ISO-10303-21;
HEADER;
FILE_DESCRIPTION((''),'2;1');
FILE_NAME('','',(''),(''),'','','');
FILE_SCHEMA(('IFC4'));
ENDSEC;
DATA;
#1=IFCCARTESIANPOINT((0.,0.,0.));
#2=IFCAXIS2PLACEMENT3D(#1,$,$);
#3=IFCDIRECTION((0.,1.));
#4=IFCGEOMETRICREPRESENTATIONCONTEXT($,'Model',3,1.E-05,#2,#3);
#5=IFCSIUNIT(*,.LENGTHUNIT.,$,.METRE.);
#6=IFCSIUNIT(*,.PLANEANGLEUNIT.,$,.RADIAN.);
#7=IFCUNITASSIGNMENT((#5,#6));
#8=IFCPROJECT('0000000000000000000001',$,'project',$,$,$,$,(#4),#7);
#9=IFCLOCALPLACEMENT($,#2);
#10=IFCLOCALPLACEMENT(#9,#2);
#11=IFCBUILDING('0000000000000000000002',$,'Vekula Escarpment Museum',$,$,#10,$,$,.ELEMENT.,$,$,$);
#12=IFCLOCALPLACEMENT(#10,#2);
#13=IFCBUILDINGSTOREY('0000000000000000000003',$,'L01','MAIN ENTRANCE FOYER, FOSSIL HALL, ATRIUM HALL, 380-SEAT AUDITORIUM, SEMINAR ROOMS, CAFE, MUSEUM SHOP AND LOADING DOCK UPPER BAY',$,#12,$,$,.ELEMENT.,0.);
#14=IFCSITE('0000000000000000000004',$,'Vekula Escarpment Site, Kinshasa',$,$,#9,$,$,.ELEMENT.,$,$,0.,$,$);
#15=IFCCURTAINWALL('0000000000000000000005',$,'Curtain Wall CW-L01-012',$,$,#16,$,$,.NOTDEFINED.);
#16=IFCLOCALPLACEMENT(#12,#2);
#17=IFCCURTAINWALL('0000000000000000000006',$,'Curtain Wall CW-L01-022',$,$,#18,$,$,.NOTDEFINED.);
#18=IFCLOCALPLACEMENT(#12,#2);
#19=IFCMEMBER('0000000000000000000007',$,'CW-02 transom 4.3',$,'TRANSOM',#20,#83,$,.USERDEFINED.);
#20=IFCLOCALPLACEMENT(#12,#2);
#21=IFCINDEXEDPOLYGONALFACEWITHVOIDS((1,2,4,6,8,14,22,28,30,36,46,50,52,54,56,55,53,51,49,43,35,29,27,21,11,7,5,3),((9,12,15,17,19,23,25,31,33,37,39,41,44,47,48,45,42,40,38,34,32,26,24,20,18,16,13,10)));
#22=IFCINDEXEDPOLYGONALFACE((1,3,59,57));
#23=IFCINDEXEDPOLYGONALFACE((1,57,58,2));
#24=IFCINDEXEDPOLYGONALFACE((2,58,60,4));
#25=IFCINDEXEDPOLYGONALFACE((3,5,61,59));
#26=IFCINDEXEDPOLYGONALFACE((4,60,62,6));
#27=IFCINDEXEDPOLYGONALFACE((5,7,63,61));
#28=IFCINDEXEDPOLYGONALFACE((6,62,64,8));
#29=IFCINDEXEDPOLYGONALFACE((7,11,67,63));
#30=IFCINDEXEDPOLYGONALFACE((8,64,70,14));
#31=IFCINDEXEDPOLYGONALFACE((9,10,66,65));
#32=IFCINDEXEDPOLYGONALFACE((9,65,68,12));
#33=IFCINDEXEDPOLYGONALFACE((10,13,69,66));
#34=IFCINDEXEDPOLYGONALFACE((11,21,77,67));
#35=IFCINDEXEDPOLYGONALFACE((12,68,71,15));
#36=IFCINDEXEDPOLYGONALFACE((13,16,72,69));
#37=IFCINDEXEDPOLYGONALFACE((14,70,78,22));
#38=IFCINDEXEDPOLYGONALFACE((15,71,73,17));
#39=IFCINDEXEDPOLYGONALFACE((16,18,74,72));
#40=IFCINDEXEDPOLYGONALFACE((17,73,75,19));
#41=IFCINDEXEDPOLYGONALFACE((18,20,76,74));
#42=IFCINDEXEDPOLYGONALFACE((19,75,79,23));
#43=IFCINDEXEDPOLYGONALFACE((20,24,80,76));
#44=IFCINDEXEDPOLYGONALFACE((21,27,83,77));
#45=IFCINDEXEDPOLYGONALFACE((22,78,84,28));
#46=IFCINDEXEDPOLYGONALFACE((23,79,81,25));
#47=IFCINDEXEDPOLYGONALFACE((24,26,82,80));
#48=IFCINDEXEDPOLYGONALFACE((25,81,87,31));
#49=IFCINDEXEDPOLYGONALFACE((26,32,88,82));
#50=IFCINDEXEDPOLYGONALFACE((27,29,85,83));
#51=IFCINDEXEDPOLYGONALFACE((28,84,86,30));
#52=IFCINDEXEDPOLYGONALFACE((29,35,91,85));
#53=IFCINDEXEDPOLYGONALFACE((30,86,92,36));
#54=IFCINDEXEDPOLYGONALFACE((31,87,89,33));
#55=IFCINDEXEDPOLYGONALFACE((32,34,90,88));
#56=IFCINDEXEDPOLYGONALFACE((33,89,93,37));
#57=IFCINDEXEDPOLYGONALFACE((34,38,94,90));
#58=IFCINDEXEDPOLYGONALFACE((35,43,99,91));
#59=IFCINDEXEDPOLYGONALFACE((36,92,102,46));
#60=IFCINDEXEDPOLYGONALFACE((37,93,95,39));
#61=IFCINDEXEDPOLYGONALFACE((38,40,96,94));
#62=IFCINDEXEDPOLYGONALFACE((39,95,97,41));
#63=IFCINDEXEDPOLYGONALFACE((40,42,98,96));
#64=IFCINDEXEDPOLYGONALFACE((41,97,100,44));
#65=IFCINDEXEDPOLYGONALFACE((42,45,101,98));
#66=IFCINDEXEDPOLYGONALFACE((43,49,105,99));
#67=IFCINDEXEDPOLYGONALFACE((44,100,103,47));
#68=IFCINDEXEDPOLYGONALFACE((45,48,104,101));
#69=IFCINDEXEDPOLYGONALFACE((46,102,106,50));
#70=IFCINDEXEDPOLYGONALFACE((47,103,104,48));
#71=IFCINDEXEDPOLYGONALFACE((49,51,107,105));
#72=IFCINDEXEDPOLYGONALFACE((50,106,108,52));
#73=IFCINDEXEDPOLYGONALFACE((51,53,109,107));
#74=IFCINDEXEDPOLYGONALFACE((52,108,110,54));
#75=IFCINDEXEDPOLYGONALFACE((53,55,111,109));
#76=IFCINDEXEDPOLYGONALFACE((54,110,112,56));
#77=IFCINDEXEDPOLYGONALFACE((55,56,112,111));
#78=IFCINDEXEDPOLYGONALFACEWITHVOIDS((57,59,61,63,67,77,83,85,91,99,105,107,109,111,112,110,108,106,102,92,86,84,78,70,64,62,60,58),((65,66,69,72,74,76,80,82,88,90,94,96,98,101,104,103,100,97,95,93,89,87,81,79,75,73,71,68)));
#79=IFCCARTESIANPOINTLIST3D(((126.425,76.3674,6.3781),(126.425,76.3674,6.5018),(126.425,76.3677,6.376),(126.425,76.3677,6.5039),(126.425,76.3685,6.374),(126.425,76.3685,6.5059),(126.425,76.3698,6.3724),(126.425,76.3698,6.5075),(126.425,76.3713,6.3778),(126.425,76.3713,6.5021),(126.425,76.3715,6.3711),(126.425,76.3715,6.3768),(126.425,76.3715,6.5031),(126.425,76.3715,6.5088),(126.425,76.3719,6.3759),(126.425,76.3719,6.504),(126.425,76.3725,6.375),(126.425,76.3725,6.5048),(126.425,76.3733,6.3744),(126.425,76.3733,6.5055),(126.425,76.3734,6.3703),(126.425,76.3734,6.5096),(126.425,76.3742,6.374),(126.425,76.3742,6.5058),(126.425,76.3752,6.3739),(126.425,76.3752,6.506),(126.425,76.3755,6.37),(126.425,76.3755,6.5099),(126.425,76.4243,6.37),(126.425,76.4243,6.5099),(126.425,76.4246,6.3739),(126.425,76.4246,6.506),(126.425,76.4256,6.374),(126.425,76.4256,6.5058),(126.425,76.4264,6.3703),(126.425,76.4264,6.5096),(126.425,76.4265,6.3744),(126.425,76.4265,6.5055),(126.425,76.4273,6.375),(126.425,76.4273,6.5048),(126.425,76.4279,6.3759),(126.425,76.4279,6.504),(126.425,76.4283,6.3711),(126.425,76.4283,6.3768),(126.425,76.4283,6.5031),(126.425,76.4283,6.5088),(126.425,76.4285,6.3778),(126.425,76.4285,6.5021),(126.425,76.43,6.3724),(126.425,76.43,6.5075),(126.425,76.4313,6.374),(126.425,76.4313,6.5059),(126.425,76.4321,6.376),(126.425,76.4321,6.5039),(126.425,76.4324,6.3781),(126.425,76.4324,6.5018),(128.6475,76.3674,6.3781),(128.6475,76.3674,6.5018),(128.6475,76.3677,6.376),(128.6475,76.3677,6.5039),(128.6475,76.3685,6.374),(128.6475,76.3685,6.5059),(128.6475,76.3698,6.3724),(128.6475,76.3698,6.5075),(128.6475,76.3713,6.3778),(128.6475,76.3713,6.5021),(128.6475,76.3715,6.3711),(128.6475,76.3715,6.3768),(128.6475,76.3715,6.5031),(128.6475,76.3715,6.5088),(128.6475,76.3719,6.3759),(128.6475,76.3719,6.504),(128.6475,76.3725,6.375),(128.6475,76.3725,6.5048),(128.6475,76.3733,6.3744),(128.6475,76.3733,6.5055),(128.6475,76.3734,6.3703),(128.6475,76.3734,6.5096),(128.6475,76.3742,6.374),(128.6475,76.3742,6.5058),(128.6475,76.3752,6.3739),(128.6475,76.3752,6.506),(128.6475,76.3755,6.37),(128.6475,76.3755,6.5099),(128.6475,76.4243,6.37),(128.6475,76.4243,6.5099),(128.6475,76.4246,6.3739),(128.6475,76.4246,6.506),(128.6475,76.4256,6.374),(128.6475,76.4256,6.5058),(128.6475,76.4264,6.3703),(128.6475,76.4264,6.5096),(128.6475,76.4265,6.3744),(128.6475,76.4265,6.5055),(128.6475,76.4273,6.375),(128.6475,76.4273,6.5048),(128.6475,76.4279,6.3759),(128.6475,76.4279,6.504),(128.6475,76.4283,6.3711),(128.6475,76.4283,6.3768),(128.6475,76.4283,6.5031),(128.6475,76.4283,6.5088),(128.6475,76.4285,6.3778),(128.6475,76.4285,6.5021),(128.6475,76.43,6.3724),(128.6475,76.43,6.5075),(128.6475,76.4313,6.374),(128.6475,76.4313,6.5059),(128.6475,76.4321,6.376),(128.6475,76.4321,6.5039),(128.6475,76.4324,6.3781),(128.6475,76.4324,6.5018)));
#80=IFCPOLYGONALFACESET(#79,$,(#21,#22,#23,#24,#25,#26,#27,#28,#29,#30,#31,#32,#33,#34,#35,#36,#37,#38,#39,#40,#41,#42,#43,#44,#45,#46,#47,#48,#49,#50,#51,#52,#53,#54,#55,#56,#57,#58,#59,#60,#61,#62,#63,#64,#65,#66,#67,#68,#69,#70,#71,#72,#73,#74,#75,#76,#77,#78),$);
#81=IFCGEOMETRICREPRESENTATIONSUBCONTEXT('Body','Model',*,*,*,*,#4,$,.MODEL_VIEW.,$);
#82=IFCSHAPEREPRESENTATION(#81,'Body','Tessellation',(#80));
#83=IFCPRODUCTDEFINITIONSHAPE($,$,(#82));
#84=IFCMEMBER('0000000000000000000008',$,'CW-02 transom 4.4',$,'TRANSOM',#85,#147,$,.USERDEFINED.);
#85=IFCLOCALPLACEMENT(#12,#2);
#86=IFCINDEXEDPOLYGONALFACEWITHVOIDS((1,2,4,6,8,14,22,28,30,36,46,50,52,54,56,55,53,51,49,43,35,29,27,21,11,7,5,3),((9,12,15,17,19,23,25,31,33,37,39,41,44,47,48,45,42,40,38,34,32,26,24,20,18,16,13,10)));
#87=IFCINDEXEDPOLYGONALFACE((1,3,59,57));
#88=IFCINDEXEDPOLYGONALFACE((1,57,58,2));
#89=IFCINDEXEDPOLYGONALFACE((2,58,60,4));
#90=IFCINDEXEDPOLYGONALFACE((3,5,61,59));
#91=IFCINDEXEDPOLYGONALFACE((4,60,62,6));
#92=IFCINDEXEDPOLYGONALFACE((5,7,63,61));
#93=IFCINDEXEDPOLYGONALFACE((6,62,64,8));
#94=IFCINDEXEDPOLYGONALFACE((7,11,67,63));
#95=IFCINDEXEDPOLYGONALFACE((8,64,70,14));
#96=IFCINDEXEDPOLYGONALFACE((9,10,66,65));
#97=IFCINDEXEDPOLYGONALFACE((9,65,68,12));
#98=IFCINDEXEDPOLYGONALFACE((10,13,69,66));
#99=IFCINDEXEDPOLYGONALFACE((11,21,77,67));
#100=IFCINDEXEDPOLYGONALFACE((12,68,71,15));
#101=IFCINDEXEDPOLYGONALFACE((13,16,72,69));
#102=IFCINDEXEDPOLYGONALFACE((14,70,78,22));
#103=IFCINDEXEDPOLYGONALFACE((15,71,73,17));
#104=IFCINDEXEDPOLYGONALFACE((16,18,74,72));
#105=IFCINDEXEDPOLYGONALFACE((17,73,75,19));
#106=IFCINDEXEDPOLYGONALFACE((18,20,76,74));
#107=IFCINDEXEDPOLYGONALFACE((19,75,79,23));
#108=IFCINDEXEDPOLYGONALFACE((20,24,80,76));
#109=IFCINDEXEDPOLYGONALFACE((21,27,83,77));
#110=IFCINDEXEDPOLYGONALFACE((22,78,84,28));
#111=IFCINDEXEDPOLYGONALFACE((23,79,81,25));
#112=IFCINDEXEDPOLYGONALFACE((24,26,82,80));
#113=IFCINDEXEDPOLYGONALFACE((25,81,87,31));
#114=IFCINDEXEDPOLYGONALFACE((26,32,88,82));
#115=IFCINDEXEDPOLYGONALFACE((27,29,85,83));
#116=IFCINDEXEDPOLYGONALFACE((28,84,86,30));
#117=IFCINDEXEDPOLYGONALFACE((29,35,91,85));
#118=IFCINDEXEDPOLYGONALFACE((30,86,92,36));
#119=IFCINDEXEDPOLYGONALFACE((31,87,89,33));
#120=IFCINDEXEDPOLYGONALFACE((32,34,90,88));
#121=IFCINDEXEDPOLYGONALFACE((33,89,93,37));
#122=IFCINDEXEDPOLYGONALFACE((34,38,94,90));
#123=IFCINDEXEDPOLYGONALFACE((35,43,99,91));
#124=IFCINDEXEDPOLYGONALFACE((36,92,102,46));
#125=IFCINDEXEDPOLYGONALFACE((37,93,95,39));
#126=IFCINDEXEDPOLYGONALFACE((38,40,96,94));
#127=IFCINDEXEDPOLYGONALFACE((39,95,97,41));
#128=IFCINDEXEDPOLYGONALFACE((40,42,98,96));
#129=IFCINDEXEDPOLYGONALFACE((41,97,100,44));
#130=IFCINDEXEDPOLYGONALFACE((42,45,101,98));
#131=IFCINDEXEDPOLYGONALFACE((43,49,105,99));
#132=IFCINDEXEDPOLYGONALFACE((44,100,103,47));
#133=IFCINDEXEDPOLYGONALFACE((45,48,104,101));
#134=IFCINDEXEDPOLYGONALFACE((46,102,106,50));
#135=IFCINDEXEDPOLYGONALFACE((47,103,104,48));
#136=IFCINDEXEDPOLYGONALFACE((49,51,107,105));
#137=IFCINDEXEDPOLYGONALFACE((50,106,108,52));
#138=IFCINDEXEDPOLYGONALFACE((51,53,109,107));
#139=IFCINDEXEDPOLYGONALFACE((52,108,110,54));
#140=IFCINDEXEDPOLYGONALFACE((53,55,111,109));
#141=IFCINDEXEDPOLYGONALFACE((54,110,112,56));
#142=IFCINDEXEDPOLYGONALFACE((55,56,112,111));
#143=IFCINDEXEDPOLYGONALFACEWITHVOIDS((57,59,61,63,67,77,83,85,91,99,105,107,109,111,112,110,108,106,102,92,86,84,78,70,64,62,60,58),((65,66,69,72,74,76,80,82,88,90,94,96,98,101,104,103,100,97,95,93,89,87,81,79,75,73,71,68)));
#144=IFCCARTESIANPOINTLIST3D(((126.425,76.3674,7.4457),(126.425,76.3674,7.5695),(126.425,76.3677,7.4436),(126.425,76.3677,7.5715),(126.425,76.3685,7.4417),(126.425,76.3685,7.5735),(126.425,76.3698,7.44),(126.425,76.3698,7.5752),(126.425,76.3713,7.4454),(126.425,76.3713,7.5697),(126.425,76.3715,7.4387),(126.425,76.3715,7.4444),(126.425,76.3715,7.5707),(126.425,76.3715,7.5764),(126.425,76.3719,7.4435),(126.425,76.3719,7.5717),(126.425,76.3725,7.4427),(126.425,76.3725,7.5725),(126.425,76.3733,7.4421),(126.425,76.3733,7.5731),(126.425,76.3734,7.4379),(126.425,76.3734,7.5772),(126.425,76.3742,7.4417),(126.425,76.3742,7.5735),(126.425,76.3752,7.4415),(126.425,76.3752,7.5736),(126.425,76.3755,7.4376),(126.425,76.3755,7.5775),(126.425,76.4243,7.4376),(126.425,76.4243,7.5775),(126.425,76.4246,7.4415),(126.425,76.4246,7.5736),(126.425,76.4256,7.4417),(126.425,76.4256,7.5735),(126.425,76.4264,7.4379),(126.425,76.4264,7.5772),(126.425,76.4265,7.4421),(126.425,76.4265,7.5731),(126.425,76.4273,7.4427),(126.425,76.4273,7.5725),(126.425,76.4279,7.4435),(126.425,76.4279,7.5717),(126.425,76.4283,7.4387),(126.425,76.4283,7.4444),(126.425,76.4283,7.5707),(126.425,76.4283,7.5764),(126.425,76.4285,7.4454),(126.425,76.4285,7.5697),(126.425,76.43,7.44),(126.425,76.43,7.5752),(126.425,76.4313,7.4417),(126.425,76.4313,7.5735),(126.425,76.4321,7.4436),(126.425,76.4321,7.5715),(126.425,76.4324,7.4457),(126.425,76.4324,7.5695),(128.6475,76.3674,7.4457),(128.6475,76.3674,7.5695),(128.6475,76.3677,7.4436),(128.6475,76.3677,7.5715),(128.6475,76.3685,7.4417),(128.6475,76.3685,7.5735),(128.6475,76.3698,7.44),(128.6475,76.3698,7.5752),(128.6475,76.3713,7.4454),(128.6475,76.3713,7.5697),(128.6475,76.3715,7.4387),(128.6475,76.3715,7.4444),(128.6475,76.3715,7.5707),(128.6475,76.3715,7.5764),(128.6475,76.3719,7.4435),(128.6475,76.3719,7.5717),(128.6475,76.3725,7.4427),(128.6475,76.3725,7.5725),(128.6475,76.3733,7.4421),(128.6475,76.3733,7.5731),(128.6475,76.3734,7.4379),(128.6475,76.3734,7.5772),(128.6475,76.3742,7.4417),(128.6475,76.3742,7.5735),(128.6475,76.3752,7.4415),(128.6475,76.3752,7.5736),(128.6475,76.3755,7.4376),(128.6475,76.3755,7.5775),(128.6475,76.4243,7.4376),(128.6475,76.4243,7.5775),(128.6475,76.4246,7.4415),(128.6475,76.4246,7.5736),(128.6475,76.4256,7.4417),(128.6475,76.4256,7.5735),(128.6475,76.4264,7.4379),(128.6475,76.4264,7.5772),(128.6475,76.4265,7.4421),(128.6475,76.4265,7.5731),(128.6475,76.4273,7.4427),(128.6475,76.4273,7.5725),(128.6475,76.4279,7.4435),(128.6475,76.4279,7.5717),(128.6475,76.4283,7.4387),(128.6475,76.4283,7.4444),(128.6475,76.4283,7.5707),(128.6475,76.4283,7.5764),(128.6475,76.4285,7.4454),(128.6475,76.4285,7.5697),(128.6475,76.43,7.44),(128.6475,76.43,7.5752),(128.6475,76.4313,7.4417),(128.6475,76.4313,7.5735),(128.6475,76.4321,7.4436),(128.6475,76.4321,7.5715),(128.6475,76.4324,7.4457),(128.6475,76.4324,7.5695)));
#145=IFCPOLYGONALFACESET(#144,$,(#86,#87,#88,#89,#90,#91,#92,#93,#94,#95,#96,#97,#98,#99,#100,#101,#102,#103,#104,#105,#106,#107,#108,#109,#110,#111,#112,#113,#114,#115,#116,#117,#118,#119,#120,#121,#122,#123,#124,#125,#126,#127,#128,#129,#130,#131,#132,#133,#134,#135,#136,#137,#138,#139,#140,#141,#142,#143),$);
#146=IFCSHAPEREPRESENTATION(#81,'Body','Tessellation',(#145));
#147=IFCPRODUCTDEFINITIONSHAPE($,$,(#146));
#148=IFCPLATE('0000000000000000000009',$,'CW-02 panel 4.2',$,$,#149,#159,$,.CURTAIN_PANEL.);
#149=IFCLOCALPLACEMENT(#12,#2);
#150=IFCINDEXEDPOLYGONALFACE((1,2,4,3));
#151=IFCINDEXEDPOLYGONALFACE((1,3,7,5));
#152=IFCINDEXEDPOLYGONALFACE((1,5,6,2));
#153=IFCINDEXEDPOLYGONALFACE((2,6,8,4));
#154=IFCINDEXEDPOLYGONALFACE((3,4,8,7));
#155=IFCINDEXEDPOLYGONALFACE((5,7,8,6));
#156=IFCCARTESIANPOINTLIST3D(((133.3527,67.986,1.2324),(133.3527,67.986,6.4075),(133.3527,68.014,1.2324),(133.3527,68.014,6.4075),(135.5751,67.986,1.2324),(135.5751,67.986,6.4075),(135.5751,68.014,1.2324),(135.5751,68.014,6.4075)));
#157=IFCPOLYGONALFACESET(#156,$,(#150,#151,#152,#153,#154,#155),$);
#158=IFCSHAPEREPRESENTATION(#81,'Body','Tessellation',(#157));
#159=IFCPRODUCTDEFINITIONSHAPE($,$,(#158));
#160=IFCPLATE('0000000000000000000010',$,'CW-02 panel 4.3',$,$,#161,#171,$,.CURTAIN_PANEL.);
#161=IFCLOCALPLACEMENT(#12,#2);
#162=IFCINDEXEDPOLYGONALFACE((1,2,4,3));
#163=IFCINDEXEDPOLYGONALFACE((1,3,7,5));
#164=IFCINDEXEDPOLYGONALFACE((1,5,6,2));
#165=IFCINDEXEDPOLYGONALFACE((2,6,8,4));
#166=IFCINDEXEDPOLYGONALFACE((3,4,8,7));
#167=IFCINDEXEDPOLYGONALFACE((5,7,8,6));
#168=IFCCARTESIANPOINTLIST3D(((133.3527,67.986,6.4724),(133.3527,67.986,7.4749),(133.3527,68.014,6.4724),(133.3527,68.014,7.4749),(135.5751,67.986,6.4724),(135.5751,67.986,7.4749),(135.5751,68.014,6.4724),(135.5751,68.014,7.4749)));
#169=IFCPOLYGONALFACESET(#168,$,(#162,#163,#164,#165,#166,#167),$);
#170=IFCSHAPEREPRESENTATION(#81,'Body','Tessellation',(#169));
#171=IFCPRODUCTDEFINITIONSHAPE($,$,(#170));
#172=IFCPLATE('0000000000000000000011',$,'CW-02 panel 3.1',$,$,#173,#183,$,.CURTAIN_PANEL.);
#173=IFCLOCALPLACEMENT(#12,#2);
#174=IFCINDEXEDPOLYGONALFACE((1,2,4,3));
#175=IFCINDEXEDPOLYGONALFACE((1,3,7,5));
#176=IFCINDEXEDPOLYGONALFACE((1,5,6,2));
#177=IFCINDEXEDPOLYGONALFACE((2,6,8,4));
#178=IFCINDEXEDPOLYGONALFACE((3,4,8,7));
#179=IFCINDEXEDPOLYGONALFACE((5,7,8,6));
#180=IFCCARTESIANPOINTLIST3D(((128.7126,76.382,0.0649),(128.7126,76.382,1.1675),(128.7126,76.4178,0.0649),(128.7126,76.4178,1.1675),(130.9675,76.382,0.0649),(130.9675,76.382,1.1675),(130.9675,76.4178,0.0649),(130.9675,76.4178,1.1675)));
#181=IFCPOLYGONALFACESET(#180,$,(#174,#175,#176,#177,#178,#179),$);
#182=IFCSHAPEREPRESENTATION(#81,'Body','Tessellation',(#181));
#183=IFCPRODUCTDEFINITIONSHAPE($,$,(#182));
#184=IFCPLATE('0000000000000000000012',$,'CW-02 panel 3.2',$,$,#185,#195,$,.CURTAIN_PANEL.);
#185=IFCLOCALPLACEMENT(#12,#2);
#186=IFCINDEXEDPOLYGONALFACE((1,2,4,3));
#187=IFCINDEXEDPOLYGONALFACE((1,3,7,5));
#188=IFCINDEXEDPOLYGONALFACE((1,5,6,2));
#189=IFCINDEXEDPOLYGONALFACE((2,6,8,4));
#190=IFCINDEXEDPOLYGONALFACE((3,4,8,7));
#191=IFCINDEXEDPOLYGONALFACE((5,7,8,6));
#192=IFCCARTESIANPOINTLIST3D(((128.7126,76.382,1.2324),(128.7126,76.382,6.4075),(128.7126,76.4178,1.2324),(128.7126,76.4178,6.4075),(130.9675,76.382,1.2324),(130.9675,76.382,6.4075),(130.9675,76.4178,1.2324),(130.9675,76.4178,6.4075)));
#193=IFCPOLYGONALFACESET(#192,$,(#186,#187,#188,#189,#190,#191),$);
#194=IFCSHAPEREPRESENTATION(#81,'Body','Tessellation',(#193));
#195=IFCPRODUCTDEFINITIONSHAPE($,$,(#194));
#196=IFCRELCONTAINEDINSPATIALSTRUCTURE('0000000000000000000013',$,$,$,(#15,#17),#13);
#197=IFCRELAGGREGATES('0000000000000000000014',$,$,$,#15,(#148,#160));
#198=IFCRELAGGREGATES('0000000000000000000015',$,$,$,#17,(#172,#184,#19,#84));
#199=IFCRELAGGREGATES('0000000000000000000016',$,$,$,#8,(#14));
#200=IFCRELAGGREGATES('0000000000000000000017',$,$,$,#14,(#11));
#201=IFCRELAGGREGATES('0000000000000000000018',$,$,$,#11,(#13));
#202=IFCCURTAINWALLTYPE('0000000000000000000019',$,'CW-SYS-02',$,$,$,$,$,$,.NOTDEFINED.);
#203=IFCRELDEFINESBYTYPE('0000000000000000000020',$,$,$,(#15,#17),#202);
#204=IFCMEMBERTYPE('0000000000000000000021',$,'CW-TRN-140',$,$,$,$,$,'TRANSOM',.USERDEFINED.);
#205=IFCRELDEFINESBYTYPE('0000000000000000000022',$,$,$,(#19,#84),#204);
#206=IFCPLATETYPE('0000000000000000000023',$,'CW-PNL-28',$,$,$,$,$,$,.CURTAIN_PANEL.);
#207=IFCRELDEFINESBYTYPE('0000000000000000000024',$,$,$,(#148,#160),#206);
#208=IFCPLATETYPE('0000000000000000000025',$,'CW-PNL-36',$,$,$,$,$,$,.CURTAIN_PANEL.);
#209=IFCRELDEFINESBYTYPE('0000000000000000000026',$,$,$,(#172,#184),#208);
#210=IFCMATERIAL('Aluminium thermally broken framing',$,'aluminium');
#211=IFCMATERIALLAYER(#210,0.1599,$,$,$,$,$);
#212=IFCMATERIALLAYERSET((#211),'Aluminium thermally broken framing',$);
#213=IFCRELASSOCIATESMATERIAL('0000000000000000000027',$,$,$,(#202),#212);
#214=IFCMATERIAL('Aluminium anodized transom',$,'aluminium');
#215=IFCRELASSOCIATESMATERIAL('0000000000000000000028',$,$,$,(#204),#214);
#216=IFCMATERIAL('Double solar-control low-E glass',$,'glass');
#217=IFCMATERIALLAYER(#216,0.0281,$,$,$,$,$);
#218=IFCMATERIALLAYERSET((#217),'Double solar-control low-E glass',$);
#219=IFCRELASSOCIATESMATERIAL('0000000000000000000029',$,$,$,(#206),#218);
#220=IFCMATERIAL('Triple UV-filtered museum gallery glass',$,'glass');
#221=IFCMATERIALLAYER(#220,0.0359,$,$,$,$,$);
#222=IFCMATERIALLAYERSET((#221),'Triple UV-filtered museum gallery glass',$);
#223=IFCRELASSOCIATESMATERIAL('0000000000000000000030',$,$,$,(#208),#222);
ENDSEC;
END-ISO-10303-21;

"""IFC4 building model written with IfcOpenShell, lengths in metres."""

from ifc_helpers import new_model, si_unit, direction, frame, origin, origin_2d, place, context, subcontext, project, spatial, rectangle, hollow_rectangle, extrude, material, layer, layer_set, material_profile, profile_set, type_object, element, aggregate, save


model = new_model("IFC4")

# Units and contexts
model_context = context("Model", 3, precision=1e-05, world=origin(), true_north=direction((0.0, 1.0)))
body_context = subcontext(model_context, "Body", "Model", "MODEL_VIEW")
ifc_project = project(units=[si_unit("LENGTHUNIT", "METRE"), si_unit("PLANEANGLEUNIT", "RADIAN")], contexts=[model_context])

# Site, building, storey
site_placement = place(None, origin())
site = spatial("IfcSite", under=ifc_project, at=site_placement, Name="Vekula Escarpment Site, Kinshasa", CompositionType="ELEMENT", RefElevation=0.0)
building_placement = place(site_placement, origin())
building = spatial("IfcBuilding", under=site, at=building_placement, Name="Vekula Escarpment Museum", CompositionType="ELEMENT")
storey_placement = place(building_placement, origin())
storey = spatial("IfcBuildingStorey", under=building, at=storey_placement, Name="L01", Description="MAIN ENTRANCE FOYER, FOSSIL HALL, ATRIUM HALL, 380-SEAT AUDITORIUM, SEMINAR ROOMS, CAFE, MUSEUM SHOP AND LOADING DOCK UPPER BAY", CompositionType="ELEMENT", Elevation=0.0)

# Curtain wall
ifc_material_1 = material(Name="Aluminium thermally broken framing", Category="aluminium")
ifc_layer_1 = layer(ifc_material_1, 0.1599)
ifc_layer_set_1 = layer_set([ifc_layer_1], Name="Aluminium thermally broken framing")
curtain_wall_type = type_object("IfcCurtainWallType", Name="CW-SYS-02", PredefinedType="NOTDEFINED", material=ifc_layer_set_1)
curtain_wall_1_placement = place(storey_placement, origin())
curtain_wall_1 = element("IfcCurtainWall", 1, at=curtain_wall_1_placement, inside=storey, type_object=curtain_wall_type, Name="Curtain Wall CW-L01-012", PredefinedType="NOTDEFINED")

# Curtain wall, members
curtain_wall_2_placement = place(storey_placement, origin())
curtain_wall_2 = element("IfcCurtainWall", 2, at=curtain_wall_2_placement, inside=storey, type_object=curtain_wall_type, Name="Curtain Wall CW-L01-022", PredefinedType="NOTDEFINED")
ifc_material_2 = material(Name="Aluminium anodized transom", Category="aluminium")
ifc_material_profile_1 = material_profile(ifc_material_2, hollow_rectangle(XDim=0.0649, YDim=0.1399, WallThickness=0.0039, InnerFilletRadius=0.0039, OuterFilletRadius=0.0081, at=origin_2d()), Name="ALU 140x65x4")
ifc_profile_set_1 = profile_set([ifc_material_profile_1], Name="Aluminium anodized transom")
member_type_1 = type_object("IfcMemberType", Name="CW-TRN-140", ElementType="TRANSOM", PredefinedType="USERDEFINED", material=ifc_profile_set_1)
member_1_placement = place(storey_placement, frame((128.6475, 76.3999, 6.4399), z_axis=(-1.0, 0.0, 0.0), x_axis=(0.0, -1.0, 0.0)))
member_1 = element("IfcMember", 3, at=member_1_placement, type_object=member_type_1, Name="CW-02 transom 4.3", ObjectType="TRANSOM", PredefinedType="USERDEFINED", context=body_context, shape_type="SweptSolid", body=[
    extrude(hollow_rectangle(XDim=0.0649, YDim=0.1399, WallThickness=0.0039, InnerFilletRadius=0.0039, OuterFilletRadius=0.0081, at=origin_2d()), origin(), (0.0, 0.0, 1.0), 2.2224),
])
member_2_placement = place(storey_placement, frame((128.6475, 76.3999, 7.5076), z_axis=(-1.0, 0.0, 0.0), x_axis=(0.0, -1.0, 0.0)))
member_2 = element("IfcMember", 4, at=member_2_placement, type_object=member_type_1, Name="CW-02 transom 4.4", ObjectType="TRANSOM", PredefinedType="USERDEFINED", context=body_context, shape_type="SweptSolid", body=[
    extrude(hollow_rectangle(XDim=0.0649, YDim=0.1399, WallThickness=0.0039, InnerFilletRadius=0.0039, OuterFilletRadius=0.0081, at=origin_2d()), origin(), (0.0, 0.0, 1.0), 2.2224),
])

# Plates
ifc_material_3 = material(Name="Double solar-control low-E glass", Category="glass")
ifc_layer_2 = layer(ifc_material_3, 0.0281)
ifc_layer_set_2 = layer_set([ifc_layer_2], Name="Double solar-control low-E glass")
plate_type_1 = type_object("IfcPlateType", Name="CW-PNL-28", PredefinedType="CURTAIN_PANEL", material=ifc_layer_set_2)
plate_1_placement = place(storey_placement, frame((134.4639, 68.0, 1.2324), z_axis=(0.0, 0.0, 1.0), x_axis=(1.0, 0.0, 0.0)))
plate_1 = element("IfcPlate", 5, at=plate_1_placement, type_object=plate_type_1, Name="CW-02 panel 4.2", PredefinedType="CURTAIN_PANEL", context=body_context, shape_type="SweptSolid", body=[
    extrude(rectangle(XDim=2.2224, YDim=0.0281, at=origin_2d()), origin(), (0.0, 0.0, 1.0), 5.175),
])
plate_2_placement = place(storey_placement, frame((134.4639, 68.0, 6.4724), z_axis=(0.0, 0.0, 1.0), x_axis=(1.0, 0.0, 0.0)))
plate_2 = element("IfcPlate", 6, at=plate_2_placement, type_object=plate_type_1, Name="CW-02 panel 4.3", PredefinedType="CURTAIN_PANEL", context=body_context, shape_type="SweptSolid", body=[
    extrude(rectangle(XDim=2.2224, YDim=0.0281, at=origin_2d()), origin(), (0.0, 0.0, 1.0), 1.0024),
])
aggregate(curtain_wall_1, [plate_1, plate_2])
ifc_material_4 = material(Name="Triple UV-filtered museum gallery glass", Category="glass")
ifc_layer_3 = layer(ifc_material_4, 0.0359)
ifc_layer_set_3 = layer_set([ifc_layer_3], Name="Triple UV-filtered museum gallery glass")
plate_type_2 = type_object("IfcPlateType", Name="CW-PNL-36", PredefinedType="CURTAIN_PANEL", material=ifc_layer_set_3)
plate_3_placement = place(storey_placement, frame((129.8401, 76.3999, 0.0649), z_axis=(0.0, 0.0, 1.0), x_axis=(-1.0, 0.0, 0.0)))
plate_3 = element("IfcPlate", 7, at=plate_3_placement, type_object=plate_type_2, Name="CW-02 panel 3.1", PredefinedType="CURTAIN_PANEL", context=body_context, shape_type="SweptSolid", body=[
    extrude(rectangle(XDim=2.2549, YDim=0.0359, at=origin_2d()), origin(), (0.0, 0.0, 1.0), 1.1025),
])
plate_4_placement = place(storey_placement, frame((129.8401, 76.3999, 1.2324), z_axis=(0.0, 0.0, 1.0), x_axis=(-1.0, 0.0, 0.0)))
plate_4 = element("IfcPlate", 8, at=plate_4_placement, type_object=plate_type_2, Name="CW-02 panel 3.2", PredefinedType="CURTAIN_PANEL", context=body_context, shape_type="SweptSolid", body=[
    extrude(rectangle(XDim=2.2549, YDim=0.0359, at=origin_2d()), origin(), (0.0, 0.0, 1.0), 5.175),
])
aggregate(curtain_wall_2, [plate_3, plate_4, member_1, member_2])

save(model, "model.ifc")
